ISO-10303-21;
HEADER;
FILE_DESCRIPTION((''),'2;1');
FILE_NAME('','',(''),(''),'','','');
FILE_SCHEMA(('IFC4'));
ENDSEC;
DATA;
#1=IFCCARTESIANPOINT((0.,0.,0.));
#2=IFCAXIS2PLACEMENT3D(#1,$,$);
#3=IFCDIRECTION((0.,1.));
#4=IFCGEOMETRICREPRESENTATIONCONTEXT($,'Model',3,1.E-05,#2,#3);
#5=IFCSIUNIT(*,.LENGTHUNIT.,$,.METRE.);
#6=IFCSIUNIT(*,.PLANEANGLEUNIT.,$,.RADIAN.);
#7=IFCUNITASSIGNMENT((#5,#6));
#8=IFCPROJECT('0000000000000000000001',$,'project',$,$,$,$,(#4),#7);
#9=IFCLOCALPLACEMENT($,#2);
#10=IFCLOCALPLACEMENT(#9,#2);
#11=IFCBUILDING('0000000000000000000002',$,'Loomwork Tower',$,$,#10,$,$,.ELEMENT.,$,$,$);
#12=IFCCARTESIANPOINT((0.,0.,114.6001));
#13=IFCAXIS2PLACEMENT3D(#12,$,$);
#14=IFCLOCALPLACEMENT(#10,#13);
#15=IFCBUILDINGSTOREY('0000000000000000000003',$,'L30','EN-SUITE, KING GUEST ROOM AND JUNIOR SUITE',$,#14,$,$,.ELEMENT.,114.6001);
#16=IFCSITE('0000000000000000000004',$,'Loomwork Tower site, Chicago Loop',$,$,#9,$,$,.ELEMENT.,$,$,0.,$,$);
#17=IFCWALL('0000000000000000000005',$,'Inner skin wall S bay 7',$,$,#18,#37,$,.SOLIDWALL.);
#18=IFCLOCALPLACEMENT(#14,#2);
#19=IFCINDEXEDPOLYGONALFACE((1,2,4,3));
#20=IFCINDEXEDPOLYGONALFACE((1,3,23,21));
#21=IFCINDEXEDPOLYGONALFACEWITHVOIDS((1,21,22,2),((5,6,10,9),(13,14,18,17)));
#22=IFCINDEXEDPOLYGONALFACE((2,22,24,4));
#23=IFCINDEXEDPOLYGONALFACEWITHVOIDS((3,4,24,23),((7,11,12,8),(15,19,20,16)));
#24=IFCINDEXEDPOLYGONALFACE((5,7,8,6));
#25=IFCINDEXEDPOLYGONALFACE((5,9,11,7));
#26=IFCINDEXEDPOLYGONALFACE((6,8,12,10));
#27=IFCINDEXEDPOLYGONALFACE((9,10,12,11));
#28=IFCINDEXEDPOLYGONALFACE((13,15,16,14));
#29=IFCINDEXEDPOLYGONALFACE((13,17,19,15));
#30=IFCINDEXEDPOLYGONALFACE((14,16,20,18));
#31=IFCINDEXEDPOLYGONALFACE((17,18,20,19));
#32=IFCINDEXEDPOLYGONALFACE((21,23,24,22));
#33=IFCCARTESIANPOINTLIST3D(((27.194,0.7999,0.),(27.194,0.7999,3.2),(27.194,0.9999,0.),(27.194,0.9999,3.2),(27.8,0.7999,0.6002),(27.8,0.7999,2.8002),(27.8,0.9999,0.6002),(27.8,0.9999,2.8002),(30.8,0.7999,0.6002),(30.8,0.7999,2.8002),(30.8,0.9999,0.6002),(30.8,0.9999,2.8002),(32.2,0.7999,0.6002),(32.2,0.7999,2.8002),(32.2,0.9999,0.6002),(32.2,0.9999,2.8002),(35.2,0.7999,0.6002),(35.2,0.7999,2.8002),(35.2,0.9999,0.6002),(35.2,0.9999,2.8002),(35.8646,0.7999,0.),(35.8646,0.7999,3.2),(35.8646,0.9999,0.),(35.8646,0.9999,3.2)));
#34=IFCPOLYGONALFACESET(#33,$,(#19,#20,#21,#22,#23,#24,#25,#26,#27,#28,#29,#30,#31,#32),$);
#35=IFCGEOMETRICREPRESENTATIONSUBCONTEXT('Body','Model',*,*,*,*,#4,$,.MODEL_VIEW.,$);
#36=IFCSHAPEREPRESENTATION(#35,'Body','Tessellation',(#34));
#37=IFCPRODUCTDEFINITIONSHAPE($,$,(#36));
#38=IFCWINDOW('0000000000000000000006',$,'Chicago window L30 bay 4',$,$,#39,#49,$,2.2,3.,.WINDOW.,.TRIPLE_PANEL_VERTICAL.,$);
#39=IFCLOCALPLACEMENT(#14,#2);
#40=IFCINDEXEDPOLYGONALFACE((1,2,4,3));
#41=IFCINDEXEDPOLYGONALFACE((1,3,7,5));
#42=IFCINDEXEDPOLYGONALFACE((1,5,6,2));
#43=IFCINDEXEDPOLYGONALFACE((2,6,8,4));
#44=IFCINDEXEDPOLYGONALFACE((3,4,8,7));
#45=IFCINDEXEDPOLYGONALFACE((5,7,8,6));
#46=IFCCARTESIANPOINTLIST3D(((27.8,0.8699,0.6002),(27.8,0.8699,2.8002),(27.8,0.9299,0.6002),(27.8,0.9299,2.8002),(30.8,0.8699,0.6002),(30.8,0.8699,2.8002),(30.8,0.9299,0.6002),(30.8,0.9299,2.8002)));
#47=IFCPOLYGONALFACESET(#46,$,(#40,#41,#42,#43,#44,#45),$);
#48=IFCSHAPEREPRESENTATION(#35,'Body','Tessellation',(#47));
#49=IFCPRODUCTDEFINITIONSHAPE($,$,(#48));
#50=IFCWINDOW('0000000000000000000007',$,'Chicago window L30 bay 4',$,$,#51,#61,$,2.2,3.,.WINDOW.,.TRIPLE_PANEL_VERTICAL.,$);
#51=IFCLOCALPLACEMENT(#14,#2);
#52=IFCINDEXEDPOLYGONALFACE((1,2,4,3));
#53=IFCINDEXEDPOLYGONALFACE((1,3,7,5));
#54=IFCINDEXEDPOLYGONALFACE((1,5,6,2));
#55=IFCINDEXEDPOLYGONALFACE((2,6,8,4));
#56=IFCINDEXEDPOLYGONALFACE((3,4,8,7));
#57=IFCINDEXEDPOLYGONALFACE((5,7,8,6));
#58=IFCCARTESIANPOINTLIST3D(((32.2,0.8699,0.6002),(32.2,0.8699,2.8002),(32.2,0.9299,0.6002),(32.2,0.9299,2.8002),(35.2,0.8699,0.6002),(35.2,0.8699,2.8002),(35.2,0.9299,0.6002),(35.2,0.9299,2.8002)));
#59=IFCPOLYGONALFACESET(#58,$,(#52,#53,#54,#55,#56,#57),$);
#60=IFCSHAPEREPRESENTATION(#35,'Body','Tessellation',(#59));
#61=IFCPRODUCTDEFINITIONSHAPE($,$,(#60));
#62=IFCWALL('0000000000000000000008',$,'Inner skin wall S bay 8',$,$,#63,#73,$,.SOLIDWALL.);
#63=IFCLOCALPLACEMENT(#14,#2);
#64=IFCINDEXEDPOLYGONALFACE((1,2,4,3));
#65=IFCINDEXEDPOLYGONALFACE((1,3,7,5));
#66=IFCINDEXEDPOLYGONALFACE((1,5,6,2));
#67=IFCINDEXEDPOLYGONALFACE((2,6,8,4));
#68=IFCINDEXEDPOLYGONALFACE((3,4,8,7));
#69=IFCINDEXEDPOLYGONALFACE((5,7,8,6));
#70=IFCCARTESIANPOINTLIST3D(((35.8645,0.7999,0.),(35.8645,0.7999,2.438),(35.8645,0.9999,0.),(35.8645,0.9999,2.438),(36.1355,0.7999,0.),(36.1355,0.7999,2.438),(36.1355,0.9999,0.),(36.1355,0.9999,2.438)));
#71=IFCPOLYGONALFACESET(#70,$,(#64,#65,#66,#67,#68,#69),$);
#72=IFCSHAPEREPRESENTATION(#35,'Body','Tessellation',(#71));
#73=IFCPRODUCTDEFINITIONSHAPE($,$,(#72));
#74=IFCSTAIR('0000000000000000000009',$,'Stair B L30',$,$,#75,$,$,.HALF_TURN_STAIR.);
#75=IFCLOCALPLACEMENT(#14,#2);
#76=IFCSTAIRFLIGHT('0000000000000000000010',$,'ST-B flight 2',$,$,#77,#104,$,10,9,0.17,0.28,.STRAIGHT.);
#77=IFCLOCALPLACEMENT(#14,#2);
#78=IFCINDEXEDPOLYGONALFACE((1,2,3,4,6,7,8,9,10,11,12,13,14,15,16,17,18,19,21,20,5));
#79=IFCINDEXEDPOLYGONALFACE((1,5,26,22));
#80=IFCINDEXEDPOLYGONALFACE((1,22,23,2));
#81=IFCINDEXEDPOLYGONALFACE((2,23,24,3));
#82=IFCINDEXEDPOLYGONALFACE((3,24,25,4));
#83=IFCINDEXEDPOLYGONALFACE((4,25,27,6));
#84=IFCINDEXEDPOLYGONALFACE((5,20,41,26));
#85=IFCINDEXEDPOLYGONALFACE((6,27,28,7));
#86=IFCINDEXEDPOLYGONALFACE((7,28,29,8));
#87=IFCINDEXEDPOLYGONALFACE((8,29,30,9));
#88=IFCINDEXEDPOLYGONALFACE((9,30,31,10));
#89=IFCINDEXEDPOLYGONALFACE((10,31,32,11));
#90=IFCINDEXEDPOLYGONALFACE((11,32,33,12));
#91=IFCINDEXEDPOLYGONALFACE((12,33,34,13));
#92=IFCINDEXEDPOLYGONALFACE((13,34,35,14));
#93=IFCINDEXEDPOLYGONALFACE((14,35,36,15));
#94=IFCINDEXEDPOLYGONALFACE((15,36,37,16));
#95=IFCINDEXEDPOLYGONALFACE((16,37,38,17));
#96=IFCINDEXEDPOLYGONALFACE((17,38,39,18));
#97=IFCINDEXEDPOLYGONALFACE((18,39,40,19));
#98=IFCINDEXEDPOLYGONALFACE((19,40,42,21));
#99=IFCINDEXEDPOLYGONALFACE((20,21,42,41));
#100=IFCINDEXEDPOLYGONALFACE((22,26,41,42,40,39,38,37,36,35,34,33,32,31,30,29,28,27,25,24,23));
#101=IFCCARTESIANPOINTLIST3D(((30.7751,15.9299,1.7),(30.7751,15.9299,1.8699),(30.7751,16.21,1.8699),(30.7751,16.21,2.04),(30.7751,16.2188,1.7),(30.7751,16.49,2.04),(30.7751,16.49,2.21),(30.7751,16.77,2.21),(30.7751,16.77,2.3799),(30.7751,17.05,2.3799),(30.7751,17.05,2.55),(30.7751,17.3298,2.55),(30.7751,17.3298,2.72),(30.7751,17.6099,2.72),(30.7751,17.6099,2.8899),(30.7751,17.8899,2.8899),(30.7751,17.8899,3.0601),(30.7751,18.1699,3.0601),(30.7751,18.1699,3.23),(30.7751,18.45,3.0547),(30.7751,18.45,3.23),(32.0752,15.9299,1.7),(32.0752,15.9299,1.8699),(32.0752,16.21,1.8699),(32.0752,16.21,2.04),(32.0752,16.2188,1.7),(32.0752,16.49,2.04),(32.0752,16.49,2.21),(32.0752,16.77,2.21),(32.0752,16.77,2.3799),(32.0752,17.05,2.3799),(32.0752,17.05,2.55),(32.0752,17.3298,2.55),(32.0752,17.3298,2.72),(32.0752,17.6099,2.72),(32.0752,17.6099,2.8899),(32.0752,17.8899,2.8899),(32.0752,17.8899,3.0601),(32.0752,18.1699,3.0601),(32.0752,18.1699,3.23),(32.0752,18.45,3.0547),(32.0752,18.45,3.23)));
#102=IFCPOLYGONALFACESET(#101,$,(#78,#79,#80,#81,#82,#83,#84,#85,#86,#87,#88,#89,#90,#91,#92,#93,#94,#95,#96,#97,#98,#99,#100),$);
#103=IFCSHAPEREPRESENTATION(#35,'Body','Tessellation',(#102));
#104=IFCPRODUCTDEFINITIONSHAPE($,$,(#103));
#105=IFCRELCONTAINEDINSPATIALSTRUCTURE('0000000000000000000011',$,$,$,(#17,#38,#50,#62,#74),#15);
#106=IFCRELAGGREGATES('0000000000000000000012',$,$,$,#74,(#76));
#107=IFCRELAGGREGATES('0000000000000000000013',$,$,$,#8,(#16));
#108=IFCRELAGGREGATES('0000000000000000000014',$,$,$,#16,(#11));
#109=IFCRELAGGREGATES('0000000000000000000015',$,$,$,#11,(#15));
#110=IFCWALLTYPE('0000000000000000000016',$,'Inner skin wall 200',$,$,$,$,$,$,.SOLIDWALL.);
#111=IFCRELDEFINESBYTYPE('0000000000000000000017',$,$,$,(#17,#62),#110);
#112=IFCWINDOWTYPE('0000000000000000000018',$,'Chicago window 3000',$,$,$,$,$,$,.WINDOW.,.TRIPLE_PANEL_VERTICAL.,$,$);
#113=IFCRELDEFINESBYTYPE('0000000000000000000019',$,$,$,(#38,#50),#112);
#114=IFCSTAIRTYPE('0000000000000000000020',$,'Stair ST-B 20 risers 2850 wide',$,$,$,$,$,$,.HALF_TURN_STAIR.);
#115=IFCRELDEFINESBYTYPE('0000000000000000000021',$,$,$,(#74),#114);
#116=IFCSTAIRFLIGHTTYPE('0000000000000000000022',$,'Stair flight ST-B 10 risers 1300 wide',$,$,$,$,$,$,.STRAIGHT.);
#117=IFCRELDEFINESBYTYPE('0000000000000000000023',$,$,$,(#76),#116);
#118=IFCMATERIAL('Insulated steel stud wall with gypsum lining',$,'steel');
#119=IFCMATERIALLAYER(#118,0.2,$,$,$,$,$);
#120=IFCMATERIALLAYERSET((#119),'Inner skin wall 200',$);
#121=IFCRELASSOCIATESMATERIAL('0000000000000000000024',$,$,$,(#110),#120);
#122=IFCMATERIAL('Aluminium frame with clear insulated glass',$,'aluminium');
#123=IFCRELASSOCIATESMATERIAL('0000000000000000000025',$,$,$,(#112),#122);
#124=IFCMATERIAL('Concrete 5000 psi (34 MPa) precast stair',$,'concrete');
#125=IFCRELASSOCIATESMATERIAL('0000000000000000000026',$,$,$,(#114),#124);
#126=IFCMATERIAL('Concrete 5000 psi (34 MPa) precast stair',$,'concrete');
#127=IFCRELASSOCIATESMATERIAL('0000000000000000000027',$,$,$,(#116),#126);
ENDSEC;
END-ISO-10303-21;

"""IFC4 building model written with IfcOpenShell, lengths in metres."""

from ifc_helpers import new_model, si_unit, direction, frame, frame_2d, origin, place, context, subcontext, project, spatial, polyline, rectangle, outline, extrude, material, layer, layer_set, type_object, element, fill, aggregate, save


model = new_model("IFC4")

# Units and contexts
model_context = context("Model", 3, precision=1e-05, world=origin(), true_north=direction((0.0, 1.0)))
body_context = subcontext(model_context, "Body", "Model", "MODEL_VIEW")
ifc_project = project(units=[si_unit("LENGTHUNIT", "METRE"), si_unit("PLANEANGLEUNIT", "RADIAN")], contexts=[model_context])

# Site, building, storey
site_placement = place(None, origin())
site = spatial("IfcSite", under=ifc_project, at=site_placement, Name="Loomwork Tower site, Chicago Loop", CompositionType="ELEMENT", RefElevation=0.0)
building_placement = place(site_placement, origin())
building = spatial("IfcBuilding", under=site, at=building_placement, Name="Loomwork Tower", CompositionType="ELEMENT")
storey_placement = place(building_placement, frame((0.0, 0.0, 114.6001)))
storey = spatial("IfcBuildingStorey", under=building, at=storey_placement, Name="L30", Description="EN-SUITE, KING GUEST ROOM AND JUNIOR SUITE", CompositionType="ELEMENT", Elevation=114.6001)

# Wall, openings, windows
ifc_material_1 = material(Name="Insulated steel stud wall with gypsum lining", Category="steel")
ifc_layer_1 = layer(ifc_material_1, 0.2)
ifc_layer_set_1 = layer_set([ifc_layer_1], Name="Inner skin wall 200")
wall_type_1 = type_object("IfcWallType", Name="Inner skin wall 200", PredefinedType="SOLIDWALL", material=ifc_layer_set_1)
wall_1_placement = place(storey_placement, frame((27.1938, 0.8999, 0.0), z_axis=(0.0, 0.0, 1.0), x_axis=(1.0, 0.0, 0.0)))
wall_1 = element("IfcWall", 1, at=wall_1_placement, inside=storey, type_object=wall_type_1, Name="Inner skin wall S bay 7", PredefinedType="SOLIDWALL", context=body_context, shape_type="SweptSolid", body=[
    extrude(rectangle(XDim=8.6707, YDim=0.2, at=frame_2d((4.3354, 0.0))), origin(), (0.0, 0.0, 1.0), 3.2),
])
opening_1_placement = place(wall_1_placement, frame((0.6062, 0.0, 0.6001)))
opening_1 = element("IfcOpeningElement", 2, at=opening_1_placement, cuts=wall_1, PredefinedType="OPENING", context=body_context, shape_type="SweptSolid", body=[
    extrude(rectangle(XDim=3.0, YDim=2.2, at=frame_2d((1.5, 1.1001))), frame((0.0, 0.1099, 0.0), z_axis=(0.0, -1.0, 0.0), x_axis=(1.0, 0.0, 0.0)), (0.0, 0.0, 1.0), 0.22),
])
opening_2_placement = place(wall_1_placement, frame((5.0061, 0.0, 0.6001)))
opening_2 = element("IfcOpeningElement", 3, at=opening_2_placement, cuts=wall_1, PredefinedType="OPENING", context=body_context, shape_type="SweptSolid", body=[
    extrude(rectangle(XDim=3.0, YDim=2.2, at=frame_2d((1.5, 1.1001))), frame((0.0, 0.1099, 0.0), z_axis=(0.0, -1.0, 0.0), x_axis=(1.0, 0.0, 0.0)), (0.0, 0.0, 1.0), 0.22),
])
ifc_material_2 = material(Name="Aluminium frame with clear insulated glass", Category="aluminium")
window_type = type_object("IfcWindowType", Name="Chicago window 3000", PartitioningType="TRIPLE_PANEL_VERTICAL", PredefinedType="WINDOW", material=ifc_material_2)
window_1_placement = place(opening_1_placement, origin())
window_1 = element("IfcWindow", 4, at=window_1_placement, inside=storey, type_object=window_type, Name="Chicago window L30 bay 4", OverallHeight=2.2, OverallWidth=3.0, PartitioningType="TRIPLE_PANEL_VERTICAL", PredefinedType="WINDOW", context=body_context, shape_type="SweptSolid", body=[
    extrude(rectangle(XDim=3.0, YDim=2.2, at=frame_2d((1.5, 1.1001))), frame((0.0, 0.03, 0.0), z_axis=(0.0, -1.0, 0.0), x_axis=(1.0, 0.0, 0.0)), (0.0, 0.0, 1.0), 0.0601),
])
fill(opening_1, window_1)
window_2_placement = place(opening_2_placement, origin())
window_2 = element("IfcWindow", 5, at=window_2_placement, inside=storey, type_object=window_type, Name="Chicago window L30 bay 4", OverallHeight=2.2, OverallWidth=3.0, PartitioningType="TRIPLE_PANEL_VERTICAL", PredefinedType="WINDOW", context=body_context, shape_type="SweptSolid", body=[
    extrude(rectangle(XDim=3.0, YDim=2.2, at=frame_2d((1.5, 1.1001))), frame((0.0, 0.03, 0.0), z_axis=(0.0, -1.0, 0.0), x_axis=(1.0, 0.0, 0.0)), (0.0, 0.0, 1.0), 0.0601),
])
fill(opening_2, window_2)

# Wall
wall_2_placement = place(storey_placement, frame((35.8645, 0.8999, 0.0), z_axis=(0.0, 0.0, 1.0), x_axis=(1.0, 0.0, 0.0)))
element("IfcWall", 6, at=wall_2_placement, inside=storey, type_object=wall_type_1, Name="Inner skin wall S bay 8", PredefinedType="SOLIDWALL", context=body_context, shape_type="SweptSolid", body=[
    extrude(rectangle(XDim=0.271, YDim=0.2, at=frame_2d((0.1355, 0.0))), origin(), (0.0, 0.0, 1.0), 2.438),
])

# Stair, stair flight
ifc_material_3 = material(Name="Concrete 5000 psi (34 MPa) precast stair", Category="concrete")
stair_type = type_object("IfcStairType", Name="Stair ST-B 20 risers 2850 wide", PredefinedType="HALF_TURN_STAIR", material=ifc_material_3)
stair_placement = place(storey_placement, origin())
stair = element("IfcStair", 7, at=stair_placement, inside=storey, type_object=stair_type, Name="Stair B L30", PredefinedType="HALF_TURN_STAIR")
ifc_material_4 = material(Name="Concrete 5000 psi (34 MPa) precast stair", Category="concrete")
stair_flight_type = type_object("IfcStairFlightType", Name="Stair flight ST-B 10 risers 1300 wide", PredefinedType="STRAIGHT", material=ifc_material_4)
stair_flight_placement = place(storey_placement, frame((31.425, 15.9299, 1.7), z_axis=(0.0, 0.0, 1.0), x_axis=(0.0, 1.0, 0.0)))
stair_flight = element("IfcStairFlight", 8, at=stair_flight_placement, type_object=stair_flight_type, Name="ST-B flight 2", NumberOfRisers=10, NumberOfTreads=9, PredefinedType="STRAIGHT", RiserHeight=0.17, TreadLength=0.28, context=body_context, shape_type="SweptSolid", body=[
    extrude(outline(polyline([(0.0, 0.0), (0.0, 0.1699), (0.28, 0.1699), (0.28, 0.3401), (0.5601, 0.3401), (0.5601, 0.51), (0.8401, 0.51), (0.8401, 0.6799), (1.1201, 0.6799), (1.1201, 0.8501), (1.3999, 0.8501), (1.3999, 1.02), (1.6799, 1.02), (1.6799, 1.1899), (1.96, 1.1899), (1.96, 1.3601), (2.24, 1.3601), (2.24, 1.53), (2.52, 1.53), (2.52, 1.7), (2.52, 1.3547), (0.2888, 0.0), (0.0, 0.0)])), frame((0.0, 0.6499, 0.0), z_axis=(0.0, -1.0, 0.0), x_axis=(1.0, 0.0, 0.0)), (0.0, 0.0, 1.0), 1.3),
])
aggregate(stair, [stair_flight])

save(model, "model.ifc")
